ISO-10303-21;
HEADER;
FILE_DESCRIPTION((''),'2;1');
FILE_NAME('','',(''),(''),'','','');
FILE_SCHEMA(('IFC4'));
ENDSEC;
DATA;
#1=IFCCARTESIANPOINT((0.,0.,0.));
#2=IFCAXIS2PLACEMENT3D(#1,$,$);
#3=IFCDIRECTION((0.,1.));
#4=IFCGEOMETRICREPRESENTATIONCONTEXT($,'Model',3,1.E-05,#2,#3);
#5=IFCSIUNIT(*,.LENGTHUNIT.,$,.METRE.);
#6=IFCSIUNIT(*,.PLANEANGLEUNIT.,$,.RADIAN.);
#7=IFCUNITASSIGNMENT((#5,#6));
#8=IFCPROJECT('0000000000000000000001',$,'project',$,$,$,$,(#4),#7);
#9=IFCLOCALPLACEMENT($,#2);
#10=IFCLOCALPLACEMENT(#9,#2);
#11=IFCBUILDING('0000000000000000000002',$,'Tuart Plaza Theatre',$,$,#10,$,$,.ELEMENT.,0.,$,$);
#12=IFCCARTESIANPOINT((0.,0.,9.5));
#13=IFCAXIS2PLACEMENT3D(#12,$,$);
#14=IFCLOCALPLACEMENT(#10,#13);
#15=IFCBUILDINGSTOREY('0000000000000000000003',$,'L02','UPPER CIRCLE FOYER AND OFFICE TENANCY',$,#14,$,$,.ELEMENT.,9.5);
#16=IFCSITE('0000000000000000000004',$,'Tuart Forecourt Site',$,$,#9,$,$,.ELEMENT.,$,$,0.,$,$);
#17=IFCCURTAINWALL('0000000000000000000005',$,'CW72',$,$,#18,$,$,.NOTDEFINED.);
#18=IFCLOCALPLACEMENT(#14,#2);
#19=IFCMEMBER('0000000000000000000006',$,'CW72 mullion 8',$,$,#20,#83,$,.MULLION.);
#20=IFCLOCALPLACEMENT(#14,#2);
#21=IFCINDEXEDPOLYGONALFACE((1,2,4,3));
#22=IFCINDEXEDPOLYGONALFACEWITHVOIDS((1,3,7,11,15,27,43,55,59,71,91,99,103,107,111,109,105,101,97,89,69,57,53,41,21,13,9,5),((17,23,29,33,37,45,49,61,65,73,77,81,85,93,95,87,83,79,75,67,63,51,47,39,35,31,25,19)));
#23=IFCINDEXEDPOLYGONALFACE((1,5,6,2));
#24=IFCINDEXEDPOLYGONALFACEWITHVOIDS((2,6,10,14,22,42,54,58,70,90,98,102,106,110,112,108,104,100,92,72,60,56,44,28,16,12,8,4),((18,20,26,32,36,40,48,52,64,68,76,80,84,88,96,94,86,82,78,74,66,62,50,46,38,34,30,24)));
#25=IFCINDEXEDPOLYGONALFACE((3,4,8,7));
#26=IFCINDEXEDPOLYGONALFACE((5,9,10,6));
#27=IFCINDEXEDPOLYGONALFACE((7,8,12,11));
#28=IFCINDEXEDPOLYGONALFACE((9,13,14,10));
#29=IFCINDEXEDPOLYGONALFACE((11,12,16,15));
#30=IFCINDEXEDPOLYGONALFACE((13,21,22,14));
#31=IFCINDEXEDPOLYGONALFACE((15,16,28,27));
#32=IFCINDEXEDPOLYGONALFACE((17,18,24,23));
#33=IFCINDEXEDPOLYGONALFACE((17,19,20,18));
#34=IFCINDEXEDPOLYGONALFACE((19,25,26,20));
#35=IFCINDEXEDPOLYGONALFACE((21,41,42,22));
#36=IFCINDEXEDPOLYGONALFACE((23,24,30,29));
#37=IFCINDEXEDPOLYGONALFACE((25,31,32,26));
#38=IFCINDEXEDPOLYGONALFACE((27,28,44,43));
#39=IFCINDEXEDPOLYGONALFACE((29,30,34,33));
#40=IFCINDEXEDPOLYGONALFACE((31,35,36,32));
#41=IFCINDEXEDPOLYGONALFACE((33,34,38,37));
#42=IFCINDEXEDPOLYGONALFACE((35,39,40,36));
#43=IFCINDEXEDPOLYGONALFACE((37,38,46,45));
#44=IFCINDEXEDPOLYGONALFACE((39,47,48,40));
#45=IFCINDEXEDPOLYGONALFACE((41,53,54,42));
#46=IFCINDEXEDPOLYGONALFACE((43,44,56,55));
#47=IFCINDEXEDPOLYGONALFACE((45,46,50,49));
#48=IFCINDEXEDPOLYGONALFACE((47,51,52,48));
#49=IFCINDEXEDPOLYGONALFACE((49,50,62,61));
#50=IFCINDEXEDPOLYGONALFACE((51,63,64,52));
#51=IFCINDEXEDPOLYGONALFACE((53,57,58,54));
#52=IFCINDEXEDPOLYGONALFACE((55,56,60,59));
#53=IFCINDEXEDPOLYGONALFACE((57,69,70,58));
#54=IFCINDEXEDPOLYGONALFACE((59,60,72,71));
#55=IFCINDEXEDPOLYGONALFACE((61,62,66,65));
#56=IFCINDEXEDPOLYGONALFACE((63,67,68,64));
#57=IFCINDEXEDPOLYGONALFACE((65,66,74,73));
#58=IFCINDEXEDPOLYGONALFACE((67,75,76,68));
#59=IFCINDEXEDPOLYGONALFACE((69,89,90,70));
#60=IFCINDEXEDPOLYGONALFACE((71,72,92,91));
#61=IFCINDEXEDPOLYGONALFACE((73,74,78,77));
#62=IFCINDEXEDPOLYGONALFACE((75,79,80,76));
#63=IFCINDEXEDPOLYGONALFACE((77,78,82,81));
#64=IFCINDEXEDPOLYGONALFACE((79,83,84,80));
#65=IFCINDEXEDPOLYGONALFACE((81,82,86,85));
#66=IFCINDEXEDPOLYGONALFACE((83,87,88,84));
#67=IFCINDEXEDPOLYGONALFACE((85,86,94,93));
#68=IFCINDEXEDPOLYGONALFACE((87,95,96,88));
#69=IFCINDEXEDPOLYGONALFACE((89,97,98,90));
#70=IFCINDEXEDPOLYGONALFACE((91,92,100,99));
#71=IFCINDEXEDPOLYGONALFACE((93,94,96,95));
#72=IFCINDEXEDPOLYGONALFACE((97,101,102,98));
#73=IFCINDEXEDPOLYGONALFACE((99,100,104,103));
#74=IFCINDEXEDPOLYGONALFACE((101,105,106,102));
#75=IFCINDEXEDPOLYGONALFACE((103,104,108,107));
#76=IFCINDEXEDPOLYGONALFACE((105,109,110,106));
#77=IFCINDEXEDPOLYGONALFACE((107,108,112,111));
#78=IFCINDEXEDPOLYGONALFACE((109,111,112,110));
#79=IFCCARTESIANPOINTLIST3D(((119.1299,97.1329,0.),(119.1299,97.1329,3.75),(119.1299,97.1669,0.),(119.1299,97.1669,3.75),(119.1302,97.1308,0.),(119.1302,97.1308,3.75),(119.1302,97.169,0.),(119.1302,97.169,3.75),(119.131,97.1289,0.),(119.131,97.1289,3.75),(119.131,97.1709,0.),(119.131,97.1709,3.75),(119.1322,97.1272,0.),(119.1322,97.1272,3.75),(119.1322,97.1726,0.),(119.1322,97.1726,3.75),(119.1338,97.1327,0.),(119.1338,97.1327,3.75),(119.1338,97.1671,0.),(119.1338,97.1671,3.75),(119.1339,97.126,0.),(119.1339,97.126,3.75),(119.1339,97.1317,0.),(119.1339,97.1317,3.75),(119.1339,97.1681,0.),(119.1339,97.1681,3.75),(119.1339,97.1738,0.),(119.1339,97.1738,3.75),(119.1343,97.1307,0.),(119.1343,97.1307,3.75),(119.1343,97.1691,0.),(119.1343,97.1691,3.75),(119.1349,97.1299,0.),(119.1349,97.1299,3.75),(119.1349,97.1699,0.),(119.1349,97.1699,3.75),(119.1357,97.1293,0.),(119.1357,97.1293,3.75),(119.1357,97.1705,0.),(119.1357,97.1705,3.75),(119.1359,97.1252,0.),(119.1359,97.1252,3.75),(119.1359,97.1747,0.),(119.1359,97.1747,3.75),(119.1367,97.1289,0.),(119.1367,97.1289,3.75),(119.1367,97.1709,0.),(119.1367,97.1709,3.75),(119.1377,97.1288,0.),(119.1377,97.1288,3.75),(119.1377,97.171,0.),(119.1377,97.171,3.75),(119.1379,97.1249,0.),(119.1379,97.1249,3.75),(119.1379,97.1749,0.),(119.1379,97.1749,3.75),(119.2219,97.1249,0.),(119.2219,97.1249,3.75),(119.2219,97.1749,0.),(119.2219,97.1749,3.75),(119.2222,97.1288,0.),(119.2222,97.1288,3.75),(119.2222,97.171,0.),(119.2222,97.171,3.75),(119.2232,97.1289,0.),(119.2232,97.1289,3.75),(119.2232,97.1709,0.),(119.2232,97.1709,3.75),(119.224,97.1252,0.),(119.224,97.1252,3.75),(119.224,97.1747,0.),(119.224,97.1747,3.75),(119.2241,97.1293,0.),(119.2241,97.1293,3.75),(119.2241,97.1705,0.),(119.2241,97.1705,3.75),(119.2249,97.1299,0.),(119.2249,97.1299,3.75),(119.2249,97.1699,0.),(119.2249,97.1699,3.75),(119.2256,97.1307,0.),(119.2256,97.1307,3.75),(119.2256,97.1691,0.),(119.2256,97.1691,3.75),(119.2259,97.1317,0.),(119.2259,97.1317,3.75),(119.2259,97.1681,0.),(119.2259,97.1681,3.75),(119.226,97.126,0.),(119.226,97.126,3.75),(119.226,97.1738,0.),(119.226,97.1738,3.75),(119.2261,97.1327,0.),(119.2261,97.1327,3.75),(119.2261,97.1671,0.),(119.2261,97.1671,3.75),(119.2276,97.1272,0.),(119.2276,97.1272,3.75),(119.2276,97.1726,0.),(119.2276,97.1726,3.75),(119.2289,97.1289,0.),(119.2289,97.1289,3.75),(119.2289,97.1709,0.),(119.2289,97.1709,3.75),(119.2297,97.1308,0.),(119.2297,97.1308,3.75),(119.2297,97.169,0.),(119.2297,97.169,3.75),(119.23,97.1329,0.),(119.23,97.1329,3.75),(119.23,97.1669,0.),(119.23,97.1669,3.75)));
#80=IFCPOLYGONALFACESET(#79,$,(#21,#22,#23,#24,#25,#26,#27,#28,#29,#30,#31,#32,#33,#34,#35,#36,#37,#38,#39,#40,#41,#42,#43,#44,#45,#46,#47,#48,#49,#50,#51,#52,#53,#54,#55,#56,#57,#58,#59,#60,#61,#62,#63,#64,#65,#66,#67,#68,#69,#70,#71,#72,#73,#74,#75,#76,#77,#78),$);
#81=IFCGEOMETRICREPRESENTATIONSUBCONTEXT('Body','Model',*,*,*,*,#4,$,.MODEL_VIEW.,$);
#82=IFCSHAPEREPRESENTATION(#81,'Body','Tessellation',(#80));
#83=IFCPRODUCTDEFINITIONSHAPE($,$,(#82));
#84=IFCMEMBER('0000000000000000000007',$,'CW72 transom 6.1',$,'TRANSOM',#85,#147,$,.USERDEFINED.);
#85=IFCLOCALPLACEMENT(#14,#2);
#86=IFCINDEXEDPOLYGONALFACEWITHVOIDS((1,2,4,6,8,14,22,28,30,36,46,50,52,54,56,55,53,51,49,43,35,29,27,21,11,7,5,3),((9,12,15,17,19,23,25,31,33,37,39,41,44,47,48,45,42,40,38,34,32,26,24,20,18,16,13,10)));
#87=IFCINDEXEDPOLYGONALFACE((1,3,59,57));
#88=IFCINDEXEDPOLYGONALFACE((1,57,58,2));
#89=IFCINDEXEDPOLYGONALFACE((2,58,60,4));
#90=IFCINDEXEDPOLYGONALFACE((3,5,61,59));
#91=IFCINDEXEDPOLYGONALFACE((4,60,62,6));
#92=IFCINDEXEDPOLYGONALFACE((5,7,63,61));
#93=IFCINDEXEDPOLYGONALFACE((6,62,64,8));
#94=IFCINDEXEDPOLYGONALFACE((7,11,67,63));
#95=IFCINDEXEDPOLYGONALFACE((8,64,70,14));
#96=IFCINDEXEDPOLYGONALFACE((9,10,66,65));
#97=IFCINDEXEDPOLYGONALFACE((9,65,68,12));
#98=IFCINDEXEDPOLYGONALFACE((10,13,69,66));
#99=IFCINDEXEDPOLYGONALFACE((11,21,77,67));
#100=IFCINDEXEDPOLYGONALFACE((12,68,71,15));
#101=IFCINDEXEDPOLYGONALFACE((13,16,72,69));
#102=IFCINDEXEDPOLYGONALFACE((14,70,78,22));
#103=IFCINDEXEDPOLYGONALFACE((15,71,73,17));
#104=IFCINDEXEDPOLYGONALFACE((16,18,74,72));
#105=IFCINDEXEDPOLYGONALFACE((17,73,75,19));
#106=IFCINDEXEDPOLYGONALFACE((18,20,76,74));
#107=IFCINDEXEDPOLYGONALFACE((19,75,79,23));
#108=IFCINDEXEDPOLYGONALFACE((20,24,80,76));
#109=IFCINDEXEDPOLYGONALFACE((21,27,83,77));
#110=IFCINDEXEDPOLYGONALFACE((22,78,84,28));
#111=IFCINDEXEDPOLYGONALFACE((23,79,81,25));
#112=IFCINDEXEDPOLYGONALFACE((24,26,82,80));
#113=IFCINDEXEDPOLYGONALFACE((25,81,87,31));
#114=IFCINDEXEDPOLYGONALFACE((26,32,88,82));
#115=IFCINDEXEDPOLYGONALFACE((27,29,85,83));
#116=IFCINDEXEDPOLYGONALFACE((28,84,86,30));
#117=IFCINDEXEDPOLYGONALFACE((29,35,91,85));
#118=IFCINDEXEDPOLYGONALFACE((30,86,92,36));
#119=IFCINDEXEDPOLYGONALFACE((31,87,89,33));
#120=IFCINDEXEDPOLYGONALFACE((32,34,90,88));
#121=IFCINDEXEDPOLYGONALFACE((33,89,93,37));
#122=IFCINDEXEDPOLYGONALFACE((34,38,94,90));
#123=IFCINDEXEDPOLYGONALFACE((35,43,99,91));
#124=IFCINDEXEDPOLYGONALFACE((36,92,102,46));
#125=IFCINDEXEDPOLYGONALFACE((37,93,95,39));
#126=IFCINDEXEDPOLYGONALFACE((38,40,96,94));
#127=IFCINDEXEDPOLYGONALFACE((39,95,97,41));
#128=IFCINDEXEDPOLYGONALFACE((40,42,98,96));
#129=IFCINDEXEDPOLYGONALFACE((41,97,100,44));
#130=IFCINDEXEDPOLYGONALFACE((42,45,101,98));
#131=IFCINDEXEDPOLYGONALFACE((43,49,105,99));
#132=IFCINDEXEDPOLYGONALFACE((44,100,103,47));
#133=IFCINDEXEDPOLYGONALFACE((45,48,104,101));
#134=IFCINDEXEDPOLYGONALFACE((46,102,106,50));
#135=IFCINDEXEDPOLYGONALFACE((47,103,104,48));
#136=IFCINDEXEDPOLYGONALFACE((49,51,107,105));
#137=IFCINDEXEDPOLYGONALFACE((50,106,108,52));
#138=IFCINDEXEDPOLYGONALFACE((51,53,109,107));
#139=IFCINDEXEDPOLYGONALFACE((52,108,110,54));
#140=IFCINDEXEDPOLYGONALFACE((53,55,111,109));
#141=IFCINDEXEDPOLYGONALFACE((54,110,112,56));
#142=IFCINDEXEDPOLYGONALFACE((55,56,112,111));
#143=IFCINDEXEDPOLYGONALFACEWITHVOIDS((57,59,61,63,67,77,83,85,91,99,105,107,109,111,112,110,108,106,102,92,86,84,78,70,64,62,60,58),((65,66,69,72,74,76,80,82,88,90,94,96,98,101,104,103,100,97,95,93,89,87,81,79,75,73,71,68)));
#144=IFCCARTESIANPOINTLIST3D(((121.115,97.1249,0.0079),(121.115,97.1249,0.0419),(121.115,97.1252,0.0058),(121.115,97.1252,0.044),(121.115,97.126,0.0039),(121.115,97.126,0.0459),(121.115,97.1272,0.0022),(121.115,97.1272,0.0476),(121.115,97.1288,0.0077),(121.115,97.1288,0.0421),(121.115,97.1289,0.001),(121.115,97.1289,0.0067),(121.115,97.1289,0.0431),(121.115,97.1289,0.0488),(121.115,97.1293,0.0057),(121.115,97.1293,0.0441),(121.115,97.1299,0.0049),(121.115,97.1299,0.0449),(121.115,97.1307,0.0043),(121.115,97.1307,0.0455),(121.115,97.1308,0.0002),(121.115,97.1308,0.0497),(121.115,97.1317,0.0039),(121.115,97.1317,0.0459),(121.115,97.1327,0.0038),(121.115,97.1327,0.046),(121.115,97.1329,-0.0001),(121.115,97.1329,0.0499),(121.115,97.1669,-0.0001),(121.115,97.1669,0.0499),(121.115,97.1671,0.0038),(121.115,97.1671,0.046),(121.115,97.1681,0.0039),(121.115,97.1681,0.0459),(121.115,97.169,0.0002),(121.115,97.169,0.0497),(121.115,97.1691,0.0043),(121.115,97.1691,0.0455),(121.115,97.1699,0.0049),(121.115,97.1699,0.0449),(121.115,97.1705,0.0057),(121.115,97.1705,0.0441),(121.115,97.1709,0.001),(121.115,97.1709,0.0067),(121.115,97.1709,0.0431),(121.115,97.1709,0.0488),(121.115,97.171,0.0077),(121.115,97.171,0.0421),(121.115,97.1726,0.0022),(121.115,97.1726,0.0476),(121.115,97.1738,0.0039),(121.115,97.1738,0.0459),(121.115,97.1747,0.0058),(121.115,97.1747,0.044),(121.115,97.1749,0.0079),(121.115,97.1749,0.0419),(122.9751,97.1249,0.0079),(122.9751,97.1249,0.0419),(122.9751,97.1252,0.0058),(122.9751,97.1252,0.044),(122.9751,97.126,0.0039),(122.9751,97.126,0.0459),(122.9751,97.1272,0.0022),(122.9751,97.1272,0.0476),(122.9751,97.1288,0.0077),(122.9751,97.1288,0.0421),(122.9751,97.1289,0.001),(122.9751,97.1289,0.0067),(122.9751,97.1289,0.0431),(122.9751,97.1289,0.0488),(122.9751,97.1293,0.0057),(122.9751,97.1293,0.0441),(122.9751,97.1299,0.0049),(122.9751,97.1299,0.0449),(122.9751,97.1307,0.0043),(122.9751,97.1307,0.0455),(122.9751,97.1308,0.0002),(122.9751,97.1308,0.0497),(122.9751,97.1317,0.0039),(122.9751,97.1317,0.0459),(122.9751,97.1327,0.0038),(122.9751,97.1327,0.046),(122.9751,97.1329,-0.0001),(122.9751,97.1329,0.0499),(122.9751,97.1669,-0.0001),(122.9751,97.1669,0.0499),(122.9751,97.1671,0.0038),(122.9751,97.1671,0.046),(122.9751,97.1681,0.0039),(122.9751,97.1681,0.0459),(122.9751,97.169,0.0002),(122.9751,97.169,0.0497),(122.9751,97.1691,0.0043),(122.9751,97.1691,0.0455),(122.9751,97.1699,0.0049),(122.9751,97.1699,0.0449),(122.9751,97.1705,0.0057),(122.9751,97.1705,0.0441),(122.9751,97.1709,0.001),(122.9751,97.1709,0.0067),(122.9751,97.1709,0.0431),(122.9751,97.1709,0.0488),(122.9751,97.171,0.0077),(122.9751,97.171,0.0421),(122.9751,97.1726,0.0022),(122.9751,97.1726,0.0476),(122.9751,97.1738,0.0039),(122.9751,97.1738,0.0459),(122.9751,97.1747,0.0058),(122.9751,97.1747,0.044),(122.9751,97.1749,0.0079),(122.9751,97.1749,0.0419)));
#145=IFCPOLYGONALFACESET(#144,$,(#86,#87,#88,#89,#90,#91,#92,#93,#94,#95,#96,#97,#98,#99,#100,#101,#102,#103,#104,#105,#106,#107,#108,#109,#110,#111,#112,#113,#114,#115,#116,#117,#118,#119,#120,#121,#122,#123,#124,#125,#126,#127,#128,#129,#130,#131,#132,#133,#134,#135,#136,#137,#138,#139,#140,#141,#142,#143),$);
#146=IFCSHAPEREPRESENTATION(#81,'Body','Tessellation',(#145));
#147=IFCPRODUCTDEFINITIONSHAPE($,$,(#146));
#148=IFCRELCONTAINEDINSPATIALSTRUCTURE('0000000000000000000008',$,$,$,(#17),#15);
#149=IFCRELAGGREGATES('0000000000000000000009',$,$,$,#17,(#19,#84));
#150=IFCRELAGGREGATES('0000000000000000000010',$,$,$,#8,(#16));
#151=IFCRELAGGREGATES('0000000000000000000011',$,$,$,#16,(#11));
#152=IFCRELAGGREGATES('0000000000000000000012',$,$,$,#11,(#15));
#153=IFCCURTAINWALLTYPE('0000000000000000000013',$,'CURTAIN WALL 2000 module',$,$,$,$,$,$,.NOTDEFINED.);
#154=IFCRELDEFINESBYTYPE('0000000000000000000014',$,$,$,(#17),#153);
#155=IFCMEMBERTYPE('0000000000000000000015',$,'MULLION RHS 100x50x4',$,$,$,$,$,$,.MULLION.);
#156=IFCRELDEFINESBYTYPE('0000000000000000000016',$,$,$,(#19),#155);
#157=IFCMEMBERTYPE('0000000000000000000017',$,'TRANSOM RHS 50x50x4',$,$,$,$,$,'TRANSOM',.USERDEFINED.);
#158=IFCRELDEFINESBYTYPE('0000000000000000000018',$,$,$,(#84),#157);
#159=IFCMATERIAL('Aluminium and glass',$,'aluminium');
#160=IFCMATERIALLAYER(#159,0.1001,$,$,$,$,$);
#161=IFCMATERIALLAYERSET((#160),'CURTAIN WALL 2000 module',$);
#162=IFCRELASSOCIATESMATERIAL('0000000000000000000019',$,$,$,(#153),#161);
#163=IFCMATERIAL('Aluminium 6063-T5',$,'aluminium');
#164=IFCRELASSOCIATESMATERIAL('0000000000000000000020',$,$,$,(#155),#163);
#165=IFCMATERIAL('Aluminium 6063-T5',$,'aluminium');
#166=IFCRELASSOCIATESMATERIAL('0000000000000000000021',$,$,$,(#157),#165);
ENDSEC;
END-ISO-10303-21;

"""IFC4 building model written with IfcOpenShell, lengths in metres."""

from ifc_helpers import new_model, si_unit, direction, frame, origin, origin_2d, place, context, subcontext, project, spatial, hollow_rectangle, extrude, material, layer, layer_set, material_profile, profile_set, type_object, element, aggregate, save


model = new_model("IFC4")

# Units and contexts
model_context = context("Model", 3, precision=1e-05, world=origin(), true_north=direction((0.0, 1.0)))
body_context = subcontext(model_context, "Body", "Model", "MODEL_VIEW")
ifc_project = project(units=[si_unit("LENGTHUNIT", "METRE"), si_unit("PLANEANGLEUNIT", "RADIAN")], contexts=[model_context])

# Site, building, storey
site_placement = place(None, origin())
site = spatial("IfcSite", under=ifc_project, at=site_placement, Name="Tuart Forecourt Site", CompositionType="ELEMENT", RefElevation=0.0)
building_placement = place(site_placement, origin())
building = spatial("IfcBuilding", under=site, at=building_placement, Name="Tuart Plaza Theatre", CompositionType="ELEMENT", ElevationOfRefHeight=0.0)
storey_placement = place(building_placement, frame((0.0, 0.0, 9.5)))
storey = spatial("IfcBuildingStorey", under=building, at=storey_placement, Name="L02", Description="UPPER CIRCLE FOYER AND OFFICE TENANCY", CompositionType="ELEMENT", Elevation=9.5)

# Curtain wall, members
ifc_material_1 = material(Name="Aluminium and glass", Category="aluminium")
ifc_layer_1 = layer(ifc_material_1, 0.1001)
ifc_layer_set_1 = layer_set([ifc_layer_1], Name="CURTAIN WALL 2000 module")
curtain_wall_type = type_object("IfcCurtainWallType", Name="CURTAIN WALL 2000 module", PredefinedType="NOTDEFINED", material=ifc_layer_set_1)
curtain_wall_placement = place(storey_placement, origin())
curtain_wall = element("IfcCurtainWall", 1, at=curtain_wall_placement, inside=storey, type_object=curtain_wall_type, Name="CW72", PredefinedType="NOTDEFINED")
ifc_material_2 = material(Name="Aluminium 6063-T5", Category="aluminium")
ifc_material_profile_1 = material_profile(ifc_material_2, hollow_rectangle(XDim=0.05, YDim=0.1001, WallThickness=0.0039, InnerFilletRadius=0.0039, OuterFilletRadius=0.0081, at=origin_2d()), Name="RHS 100x50x4")
ifc_profile_set_1 = profile_set([ifc_material_profile_1], Name="Aluminium 6063-T5")
member_type_1 = type_object("IfcMemberType", Name="MULLION RHS 100x50x4", PredefinedType="MULLION", material=ifc_profile_set_1)
member_1_placement = place(storey_placement, frame((119.1799, 97.1499, 0.0), z_axis=(0.0, 0.0, 1.0), x_axis=(0.0, -1.0, 0.0)))
member_1 = element("IfcMember", 2, at=member_1_placement, type_object=member_type_1, Name="CW72 mullion 8", PredefinedType="MULLION", context=body_context, shape_type="SweptSolid", body=[
    extrude(hollow_rectangle(XDim=0.05, YDim=0.1001, WallThickness=0.0039, InnerFilletRadius=0.0039, OuterFilletRadius=0.0081, at=origin_2d()), origin(), (0.0, 0.0, 1.0), 3.75),
])
ifc_material_3 = material(Name="Aluminium 6063-T5", Category="aluminium")
ifc_material_profile_2 = material_profile(ifc_material_3, hollow_rectangle(XDim=0.05, YDim=0.05, WallThickness=0.0039, InnerFilletRadius=0.0039, OuterFilletRadius=0.0081, at=origin_2d()), Name="RHS 50x50x4")
ifc_profile_set_2 = profile_set([ifc_material_profile_2], Name="Aluminium 6063-T5")
member_type_2 = type_object("IfcMemberType", Name="TRANSOM RHS 50x50x4", ElementType="TRANSOM", PredefinedType="USERDEFINED", material=ifc_profile_set_2)
member_2_placement = place(storey_placement, frame((122.9751, 97.1499, 0.0249), z_axis=(-1.0, 0.0, 0.0), x_axis=(0.0, -1.0, 0.0)))
member_2 = element("IfcMember", 3, at=member_2_placement, type_object=member_type_2, Name="CW72 transom 6.1", ObjectType="TRANSOM", PredefinedType="USERDEFINED", context=body_context, shape_type="SweptSolid", body=[
    extrude(hollow_rectangle(XDim=0.05, YDim=0.05, WallThickness=0.0039, InnerFilletRadius=0.0039, OuterFilletRadius=0.0081, at=origin_2d()), origin(), (0.0, 0.0, 1.0), 1.8601),
])
aggregate(curtain_wall, [member_1, member_2])

save(model, "model.ifc")
